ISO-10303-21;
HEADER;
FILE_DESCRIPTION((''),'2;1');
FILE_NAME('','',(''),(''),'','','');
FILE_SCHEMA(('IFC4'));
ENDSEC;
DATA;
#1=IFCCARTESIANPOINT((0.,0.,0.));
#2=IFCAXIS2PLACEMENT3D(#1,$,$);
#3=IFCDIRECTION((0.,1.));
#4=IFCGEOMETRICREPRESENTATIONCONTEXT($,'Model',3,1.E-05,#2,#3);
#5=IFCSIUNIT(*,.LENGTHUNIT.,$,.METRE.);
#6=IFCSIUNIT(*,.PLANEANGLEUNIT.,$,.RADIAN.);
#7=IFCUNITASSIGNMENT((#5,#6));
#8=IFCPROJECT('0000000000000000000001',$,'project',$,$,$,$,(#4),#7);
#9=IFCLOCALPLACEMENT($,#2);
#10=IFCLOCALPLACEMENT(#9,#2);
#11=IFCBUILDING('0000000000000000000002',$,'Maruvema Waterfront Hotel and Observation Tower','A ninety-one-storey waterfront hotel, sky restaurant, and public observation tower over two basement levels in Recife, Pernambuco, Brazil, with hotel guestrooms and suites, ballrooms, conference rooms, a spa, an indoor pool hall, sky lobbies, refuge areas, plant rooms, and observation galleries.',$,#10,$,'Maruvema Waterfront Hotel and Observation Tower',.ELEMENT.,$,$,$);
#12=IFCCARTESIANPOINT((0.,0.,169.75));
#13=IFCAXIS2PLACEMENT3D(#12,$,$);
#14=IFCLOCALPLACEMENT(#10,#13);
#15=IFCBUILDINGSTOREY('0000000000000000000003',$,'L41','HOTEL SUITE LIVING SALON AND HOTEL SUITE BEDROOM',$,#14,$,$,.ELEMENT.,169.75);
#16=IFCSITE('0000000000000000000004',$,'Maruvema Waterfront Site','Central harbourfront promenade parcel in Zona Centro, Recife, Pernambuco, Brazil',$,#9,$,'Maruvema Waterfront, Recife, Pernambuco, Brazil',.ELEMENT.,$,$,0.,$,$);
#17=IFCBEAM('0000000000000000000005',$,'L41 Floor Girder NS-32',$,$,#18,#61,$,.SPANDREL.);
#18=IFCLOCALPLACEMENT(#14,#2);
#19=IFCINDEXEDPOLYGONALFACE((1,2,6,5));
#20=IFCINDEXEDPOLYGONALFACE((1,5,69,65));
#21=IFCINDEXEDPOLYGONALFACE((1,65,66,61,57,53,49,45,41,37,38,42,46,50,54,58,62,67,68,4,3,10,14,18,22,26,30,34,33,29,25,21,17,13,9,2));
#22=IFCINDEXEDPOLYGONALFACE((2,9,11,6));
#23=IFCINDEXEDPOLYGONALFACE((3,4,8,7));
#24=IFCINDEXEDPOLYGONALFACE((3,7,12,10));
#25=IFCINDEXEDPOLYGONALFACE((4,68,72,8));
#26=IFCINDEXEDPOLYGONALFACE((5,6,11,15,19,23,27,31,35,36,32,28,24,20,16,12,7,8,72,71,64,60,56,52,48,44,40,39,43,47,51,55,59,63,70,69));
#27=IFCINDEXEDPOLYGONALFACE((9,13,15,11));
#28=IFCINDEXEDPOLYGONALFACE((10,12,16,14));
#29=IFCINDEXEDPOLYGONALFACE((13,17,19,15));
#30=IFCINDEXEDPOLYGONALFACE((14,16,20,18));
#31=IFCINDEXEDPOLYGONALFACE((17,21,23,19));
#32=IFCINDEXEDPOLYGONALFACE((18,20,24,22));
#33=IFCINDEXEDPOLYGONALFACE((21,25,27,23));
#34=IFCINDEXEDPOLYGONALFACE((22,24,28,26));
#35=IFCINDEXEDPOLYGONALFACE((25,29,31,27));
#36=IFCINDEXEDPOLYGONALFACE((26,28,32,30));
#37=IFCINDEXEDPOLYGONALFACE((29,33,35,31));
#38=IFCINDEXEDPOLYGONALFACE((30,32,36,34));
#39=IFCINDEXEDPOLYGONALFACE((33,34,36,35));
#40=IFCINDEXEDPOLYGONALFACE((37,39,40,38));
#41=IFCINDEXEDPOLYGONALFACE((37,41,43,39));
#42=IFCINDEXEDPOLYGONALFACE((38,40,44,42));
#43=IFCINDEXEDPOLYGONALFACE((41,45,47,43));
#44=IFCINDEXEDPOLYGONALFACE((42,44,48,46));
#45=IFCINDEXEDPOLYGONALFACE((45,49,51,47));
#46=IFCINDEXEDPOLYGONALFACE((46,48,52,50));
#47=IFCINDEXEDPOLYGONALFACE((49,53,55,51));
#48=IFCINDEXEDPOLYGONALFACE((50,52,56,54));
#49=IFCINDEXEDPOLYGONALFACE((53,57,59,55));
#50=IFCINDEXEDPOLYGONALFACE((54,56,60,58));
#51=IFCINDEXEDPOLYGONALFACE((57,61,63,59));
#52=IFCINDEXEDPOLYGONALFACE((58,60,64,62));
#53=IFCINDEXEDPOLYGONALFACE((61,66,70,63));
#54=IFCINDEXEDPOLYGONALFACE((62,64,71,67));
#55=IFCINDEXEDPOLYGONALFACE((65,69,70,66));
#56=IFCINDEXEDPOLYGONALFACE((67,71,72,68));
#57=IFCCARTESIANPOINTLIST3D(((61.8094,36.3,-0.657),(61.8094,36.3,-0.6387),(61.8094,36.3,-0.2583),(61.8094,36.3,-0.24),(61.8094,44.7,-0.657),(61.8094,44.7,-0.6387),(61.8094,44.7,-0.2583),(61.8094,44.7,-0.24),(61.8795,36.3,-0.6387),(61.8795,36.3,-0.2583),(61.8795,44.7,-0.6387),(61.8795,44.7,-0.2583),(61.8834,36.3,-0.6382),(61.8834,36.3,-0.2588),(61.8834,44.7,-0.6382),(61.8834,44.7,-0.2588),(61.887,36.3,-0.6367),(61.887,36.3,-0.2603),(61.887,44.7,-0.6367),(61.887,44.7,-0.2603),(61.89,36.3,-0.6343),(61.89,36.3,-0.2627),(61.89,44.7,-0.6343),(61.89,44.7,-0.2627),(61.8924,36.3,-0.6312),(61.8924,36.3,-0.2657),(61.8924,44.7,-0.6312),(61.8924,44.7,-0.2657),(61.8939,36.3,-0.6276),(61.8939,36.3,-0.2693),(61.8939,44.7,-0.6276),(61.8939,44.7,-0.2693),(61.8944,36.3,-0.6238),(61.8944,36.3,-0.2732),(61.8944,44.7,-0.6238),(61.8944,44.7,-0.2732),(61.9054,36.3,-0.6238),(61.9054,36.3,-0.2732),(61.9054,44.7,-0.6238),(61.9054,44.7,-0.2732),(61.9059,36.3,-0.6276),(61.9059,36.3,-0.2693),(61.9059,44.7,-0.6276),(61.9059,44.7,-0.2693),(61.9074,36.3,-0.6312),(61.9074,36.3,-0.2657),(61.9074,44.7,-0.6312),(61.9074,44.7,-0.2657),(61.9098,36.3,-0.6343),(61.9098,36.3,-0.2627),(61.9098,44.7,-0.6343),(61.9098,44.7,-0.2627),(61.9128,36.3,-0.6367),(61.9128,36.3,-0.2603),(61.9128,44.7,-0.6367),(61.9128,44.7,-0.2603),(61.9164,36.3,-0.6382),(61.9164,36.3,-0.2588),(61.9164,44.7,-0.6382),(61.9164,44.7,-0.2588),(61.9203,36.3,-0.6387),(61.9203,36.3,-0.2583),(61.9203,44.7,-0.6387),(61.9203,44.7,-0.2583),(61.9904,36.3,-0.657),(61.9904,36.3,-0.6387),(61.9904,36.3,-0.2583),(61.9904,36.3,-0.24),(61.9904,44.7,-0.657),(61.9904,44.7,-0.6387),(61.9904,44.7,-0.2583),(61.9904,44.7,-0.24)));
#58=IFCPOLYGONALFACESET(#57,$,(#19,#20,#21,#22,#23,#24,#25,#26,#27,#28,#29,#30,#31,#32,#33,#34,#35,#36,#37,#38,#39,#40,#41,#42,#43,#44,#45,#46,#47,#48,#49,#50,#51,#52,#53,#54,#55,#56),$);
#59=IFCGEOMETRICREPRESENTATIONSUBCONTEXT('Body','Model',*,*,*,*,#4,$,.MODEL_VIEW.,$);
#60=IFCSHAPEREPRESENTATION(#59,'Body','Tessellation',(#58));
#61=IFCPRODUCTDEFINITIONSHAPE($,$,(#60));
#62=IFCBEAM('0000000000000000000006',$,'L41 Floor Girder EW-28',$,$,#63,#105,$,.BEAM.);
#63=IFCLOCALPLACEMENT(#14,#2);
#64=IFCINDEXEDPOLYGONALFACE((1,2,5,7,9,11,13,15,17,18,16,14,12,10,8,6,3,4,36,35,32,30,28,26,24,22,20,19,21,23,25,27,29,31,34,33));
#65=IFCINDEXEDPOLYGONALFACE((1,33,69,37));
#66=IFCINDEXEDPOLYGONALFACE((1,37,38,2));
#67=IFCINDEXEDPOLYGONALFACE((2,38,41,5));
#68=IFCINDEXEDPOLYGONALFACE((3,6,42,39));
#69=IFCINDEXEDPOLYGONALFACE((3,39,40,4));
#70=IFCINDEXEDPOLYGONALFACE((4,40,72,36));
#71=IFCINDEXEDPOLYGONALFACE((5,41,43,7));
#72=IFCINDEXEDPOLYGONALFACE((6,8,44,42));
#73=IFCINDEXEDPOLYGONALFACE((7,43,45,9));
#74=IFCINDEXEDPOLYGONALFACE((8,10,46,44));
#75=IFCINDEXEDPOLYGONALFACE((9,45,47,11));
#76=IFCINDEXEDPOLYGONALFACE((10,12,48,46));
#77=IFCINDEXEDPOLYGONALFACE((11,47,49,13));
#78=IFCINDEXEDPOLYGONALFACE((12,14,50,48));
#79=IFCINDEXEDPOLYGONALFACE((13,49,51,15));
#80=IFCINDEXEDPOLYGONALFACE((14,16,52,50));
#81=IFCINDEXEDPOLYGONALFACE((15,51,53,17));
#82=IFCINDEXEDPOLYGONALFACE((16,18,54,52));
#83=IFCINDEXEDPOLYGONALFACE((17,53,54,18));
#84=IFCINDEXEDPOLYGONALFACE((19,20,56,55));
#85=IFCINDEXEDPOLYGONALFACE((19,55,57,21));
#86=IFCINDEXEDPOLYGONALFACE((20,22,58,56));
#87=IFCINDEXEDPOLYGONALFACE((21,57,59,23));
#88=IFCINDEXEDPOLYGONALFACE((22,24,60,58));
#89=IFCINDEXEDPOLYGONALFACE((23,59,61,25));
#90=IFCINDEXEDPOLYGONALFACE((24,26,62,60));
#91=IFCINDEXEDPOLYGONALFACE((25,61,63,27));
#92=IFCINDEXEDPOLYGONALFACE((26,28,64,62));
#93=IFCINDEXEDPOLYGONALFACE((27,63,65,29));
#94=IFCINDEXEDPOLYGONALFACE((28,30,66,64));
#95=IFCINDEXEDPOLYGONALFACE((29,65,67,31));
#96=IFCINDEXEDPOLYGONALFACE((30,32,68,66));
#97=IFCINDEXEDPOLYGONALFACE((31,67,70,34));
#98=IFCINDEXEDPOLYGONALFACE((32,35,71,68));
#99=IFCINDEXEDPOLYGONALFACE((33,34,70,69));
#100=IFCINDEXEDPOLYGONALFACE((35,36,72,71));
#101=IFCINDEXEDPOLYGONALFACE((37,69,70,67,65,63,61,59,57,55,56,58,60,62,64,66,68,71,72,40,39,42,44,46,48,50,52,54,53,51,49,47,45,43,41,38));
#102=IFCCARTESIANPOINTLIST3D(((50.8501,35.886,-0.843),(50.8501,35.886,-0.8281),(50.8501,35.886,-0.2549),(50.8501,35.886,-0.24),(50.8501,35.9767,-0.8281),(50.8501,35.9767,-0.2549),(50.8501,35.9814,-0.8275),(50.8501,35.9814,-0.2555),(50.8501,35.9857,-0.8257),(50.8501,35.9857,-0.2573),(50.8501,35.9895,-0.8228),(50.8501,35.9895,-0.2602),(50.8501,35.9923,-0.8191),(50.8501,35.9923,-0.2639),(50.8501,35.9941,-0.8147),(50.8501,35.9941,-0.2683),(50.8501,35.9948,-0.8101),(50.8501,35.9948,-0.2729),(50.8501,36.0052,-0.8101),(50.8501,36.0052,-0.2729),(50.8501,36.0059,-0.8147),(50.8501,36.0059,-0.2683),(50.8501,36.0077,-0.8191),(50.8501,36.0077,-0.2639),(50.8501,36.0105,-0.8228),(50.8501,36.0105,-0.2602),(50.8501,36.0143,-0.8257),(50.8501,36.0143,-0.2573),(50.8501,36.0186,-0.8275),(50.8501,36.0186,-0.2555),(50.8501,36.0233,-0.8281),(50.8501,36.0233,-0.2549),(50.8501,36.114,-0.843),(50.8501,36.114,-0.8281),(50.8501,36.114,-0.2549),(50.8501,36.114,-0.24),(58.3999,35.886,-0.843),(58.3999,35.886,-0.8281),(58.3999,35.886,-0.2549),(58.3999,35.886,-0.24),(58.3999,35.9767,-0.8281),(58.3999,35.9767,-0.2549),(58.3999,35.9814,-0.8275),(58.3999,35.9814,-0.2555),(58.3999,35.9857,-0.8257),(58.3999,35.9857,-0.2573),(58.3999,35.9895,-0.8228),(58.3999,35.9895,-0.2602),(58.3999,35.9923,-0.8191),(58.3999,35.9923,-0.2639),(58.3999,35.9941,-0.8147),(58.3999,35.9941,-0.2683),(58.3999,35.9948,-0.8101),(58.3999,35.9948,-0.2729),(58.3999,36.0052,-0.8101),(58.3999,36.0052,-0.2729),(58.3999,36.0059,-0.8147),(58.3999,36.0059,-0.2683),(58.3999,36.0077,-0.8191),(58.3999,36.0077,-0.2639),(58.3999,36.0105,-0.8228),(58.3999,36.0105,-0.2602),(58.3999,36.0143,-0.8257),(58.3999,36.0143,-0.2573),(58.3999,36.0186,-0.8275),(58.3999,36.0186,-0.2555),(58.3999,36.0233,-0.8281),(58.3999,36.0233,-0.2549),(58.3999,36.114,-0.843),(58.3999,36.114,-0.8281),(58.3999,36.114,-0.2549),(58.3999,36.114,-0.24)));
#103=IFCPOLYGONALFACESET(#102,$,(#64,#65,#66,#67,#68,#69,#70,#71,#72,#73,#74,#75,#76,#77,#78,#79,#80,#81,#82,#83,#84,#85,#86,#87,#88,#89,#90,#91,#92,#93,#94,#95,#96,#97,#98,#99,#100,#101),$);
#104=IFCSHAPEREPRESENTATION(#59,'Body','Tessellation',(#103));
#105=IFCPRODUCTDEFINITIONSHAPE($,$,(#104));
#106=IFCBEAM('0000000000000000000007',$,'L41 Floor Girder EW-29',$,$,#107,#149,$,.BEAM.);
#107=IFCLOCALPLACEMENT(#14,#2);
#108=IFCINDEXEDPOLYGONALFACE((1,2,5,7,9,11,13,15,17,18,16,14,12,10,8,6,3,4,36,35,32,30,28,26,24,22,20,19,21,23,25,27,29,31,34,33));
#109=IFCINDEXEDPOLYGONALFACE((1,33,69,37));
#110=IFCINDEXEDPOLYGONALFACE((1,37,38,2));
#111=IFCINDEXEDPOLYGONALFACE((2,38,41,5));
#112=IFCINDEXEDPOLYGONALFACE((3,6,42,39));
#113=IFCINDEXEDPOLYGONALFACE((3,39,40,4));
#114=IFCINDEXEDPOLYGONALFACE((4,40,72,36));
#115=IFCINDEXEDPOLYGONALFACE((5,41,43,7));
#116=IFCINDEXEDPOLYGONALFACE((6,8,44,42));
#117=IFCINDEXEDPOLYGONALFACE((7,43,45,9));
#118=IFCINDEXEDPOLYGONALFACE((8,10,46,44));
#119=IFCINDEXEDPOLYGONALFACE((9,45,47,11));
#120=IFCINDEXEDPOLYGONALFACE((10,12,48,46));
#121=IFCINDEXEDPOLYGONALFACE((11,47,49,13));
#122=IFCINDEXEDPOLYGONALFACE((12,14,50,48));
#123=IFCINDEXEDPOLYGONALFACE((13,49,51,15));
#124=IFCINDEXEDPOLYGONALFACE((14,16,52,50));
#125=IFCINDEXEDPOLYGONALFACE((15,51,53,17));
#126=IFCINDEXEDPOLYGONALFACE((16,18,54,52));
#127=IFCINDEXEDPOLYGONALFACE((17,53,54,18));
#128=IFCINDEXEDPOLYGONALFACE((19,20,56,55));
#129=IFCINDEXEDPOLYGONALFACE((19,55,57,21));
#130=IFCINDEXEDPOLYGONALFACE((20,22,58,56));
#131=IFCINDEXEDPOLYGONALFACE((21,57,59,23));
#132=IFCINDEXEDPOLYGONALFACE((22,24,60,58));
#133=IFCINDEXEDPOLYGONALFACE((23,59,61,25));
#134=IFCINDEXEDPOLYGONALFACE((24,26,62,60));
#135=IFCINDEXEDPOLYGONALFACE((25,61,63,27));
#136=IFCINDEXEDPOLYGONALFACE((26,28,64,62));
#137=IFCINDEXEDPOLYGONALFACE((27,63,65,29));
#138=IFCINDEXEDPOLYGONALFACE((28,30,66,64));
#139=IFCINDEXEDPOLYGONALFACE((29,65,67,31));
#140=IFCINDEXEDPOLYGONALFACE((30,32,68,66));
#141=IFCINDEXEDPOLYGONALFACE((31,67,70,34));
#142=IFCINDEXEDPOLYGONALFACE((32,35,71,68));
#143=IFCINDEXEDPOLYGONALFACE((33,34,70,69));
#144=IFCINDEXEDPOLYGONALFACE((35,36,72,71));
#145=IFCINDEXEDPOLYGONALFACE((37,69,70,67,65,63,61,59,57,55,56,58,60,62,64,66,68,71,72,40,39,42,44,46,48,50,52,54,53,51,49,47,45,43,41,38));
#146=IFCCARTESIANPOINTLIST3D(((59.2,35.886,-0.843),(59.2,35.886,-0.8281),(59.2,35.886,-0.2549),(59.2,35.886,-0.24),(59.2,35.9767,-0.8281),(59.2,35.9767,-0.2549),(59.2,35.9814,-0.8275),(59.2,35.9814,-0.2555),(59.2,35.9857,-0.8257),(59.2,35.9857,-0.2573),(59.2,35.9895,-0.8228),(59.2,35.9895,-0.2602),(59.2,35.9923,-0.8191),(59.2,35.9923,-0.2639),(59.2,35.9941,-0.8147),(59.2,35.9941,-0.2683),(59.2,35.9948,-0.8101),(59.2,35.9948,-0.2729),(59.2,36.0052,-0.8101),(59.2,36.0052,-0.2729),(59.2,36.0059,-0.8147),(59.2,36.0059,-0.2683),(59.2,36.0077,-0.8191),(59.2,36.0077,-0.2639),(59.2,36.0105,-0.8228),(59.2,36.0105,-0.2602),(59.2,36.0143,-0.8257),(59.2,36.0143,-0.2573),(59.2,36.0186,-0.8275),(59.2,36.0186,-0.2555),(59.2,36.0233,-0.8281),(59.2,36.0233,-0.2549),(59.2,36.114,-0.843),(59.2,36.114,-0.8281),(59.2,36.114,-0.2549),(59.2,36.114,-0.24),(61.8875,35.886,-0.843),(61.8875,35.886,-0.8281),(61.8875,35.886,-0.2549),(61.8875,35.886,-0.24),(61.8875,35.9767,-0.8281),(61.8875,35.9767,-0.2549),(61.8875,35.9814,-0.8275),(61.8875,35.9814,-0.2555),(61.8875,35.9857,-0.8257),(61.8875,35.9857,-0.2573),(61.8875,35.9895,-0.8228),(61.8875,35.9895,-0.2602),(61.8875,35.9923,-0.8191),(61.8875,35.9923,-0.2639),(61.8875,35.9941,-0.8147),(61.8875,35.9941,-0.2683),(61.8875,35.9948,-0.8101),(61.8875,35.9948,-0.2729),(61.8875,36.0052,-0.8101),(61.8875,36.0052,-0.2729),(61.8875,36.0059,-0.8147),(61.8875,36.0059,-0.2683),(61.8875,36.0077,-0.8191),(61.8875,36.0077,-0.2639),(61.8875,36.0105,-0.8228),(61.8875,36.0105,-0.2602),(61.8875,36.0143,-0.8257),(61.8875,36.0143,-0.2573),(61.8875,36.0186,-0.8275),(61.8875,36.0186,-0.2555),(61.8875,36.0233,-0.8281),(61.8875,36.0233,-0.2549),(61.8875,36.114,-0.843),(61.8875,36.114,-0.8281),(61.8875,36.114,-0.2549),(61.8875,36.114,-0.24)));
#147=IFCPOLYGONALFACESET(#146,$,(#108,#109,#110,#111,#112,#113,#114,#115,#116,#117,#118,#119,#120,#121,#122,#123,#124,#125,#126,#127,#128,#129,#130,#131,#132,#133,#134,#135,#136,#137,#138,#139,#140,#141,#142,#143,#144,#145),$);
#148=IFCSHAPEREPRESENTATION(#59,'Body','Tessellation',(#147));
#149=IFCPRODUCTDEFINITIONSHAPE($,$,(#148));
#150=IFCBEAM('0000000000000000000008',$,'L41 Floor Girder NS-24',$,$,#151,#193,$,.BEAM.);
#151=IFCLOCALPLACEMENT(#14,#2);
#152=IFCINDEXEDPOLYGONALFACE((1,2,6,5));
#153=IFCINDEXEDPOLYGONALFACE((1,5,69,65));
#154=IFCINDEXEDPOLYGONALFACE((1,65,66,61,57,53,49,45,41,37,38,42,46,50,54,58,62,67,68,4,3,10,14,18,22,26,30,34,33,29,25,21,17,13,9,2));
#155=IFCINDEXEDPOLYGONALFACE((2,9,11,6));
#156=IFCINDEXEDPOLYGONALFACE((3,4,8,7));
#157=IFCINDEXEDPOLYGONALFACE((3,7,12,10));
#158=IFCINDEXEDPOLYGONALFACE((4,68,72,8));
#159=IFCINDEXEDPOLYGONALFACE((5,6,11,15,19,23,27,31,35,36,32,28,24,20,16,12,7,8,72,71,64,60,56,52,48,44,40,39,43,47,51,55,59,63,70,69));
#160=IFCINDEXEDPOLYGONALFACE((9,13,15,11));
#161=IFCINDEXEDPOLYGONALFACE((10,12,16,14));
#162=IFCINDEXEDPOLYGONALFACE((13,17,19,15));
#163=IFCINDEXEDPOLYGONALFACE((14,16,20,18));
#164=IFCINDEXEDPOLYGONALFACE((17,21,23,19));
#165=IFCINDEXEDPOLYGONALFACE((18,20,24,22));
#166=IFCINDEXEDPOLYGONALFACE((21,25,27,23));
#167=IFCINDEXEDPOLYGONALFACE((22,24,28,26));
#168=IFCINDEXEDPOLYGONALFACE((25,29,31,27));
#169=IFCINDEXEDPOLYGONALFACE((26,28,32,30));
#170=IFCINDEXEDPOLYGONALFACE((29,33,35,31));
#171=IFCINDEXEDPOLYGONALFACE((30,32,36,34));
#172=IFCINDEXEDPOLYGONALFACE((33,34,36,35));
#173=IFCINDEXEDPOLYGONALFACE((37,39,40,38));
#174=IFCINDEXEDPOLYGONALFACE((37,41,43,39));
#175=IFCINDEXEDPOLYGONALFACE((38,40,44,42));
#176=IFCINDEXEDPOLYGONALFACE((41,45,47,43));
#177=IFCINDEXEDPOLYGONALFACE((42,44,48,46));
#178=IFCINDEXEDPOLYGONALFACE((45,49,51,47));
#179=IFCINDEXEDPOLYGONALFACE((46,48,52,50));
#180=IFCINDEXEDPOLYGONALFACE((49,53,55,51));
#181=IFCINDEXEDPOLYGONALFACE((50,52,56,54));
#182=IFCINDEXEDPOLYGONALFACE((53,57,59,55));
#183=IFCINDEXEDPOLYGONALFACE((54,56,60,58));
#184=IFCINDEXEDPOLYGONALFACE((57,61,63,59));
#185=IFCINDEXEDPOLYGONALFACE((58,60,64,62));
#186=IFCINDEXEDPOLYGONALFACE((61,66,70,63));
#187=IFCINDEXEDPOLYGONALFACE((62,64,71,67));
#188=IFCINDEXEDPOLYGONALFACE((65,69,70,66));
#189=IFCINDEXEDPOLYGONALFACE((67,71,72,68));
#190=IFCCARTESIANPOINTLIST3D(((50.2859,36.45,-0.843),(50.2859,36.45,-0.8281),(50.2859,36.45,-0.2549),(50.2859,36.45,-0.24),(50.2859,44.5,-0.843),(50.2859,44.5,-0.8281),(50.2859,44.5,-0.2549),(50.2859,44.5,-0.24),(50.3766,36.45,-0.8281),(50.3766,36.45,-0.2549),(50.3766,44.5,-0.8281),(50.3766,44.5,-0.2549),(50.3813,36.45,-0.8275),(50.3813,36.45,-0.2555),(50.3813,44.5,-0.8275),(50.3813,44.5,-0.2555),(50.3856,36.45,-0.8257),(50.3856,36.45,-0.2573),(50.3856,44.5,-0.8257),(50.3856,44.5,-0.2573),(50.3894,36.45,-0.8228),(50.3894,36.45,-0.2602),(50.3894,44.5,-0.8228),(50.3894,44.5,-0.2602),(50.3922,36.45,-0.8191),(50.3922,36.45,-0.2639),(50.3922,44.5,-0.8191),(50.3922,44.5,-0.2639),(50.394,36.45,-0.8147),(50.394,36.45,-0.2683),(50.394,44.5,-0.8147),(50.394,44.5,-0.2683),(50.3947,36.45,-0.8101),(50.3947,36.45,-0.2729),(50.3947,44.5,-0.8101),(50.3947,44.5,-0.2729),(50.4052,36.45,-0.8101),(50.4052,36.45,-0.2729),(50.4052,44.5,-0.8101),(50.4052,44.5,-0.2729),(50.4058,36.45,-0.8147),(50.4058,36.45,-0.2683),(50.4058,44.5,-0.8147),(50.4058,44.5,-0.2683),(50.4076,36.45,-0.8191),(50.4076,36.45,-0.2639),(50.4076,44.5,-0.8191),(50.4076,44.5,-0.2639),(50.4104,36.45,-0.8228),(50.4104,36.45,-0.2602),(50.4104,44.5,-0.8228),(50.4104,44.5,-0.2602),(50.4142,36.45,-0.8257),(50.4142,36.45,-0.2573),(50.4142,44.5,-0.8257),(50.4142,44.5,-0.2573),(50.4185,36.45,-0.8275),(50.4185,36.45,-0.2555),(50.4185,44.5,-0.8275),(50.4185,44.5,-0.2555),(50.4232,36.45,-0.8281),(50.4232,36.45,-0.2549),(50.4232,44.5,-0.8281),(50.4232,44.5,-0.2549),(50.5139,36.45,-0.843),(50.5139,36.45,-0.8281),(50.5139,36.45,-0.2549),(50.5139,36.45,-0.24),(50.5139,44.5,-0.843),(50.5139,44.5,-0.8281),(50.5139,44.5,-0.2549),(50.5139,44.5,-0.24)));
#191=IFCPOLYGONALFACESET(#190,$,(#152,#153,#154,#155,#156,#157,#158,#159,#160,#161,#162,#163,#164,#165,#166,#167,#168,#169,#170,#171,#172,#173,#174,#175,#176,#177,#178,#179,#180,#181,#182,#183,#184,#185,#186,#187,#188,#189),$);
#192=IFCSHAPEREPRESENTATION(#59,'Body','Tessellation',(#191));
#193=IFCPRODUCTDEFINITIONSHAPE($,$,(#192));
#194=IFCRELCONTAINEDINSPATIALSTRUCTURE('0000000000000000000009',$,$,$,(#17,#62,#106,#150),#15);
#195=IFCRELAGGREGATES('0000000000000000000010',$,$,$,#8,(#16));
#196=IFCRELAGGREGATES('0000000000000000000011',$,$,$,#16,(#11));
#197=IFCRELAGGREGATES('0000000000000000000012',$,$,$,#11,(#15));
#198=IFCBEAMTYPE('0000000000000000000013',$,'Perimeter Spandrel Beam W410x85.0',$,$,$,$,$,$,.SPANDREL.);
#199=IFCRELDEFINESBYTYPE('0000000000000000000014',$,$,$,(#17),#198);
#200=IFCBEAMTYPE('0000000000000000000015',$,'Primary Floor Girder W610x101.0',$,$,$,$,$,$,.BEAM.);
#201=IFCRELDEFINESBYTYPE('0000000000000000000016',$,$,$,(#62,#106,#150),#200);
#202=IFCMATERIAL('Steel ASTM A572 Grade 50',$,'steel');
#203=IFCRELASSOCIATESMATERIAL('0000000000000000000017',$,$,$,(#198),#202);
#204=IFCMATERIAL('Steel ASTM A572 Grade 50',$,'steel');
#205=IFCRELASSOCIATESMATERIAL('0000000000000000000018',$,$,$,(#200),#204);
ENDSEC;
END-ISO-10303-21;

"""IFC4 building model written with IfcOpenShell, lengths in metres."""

from ifc_helpers import new_model, si_unit, direction, frame, origin, origin_2d, place, context, subcontext, project, spatial, i_section, extrude, material, material_profile, profile_set, type_object, element, save


model = new_model("IFC4")

# Units and contexts
model_context = context("Model", 3, precision=1e-05, world=origin(), true_north=direction((0.0, 1.0)))
body_context = subcontext(model_context, "Body", "Model", "MODEL_VIEW")
ifc_project = project(units=[si_unit("LENGTHUNIT", "METRE"), si_unit("PLANEANGLEUNIT", "RADIAN")], contexts=[model_context])

# Site, building, storey
site_placement = place(None, origin())
site = spatial("IfcSite", under=ifc_project, at=site_placement, Name="Maruvema Waterfront Site", Description="Central harbourfront promenade parcel in Zona Centro, Recife, Pernambuco, Brazil", LongName="Maruvema Waterfront, Recife, Pernambuco, Brazil", CompositionType="ELEMENT", RefElevation=0.0)
building_placement = place(site_placement, origin())
building = spatial("IfcBuilding", under=site, at=building_placement, Name="Maruvema Waterfront Hotel and Observation Tower", Description="A ninety-one-storey waterfront hotel, sky restaurant, and public observation tower over two basement levels in Recife, Pernambuco, Brazil, with hotel guestrooms and suites, ballrooms, conference rooms, a spa, an indoor pool hall, sky lobbies, refuge areas, plant rooms, and observation galleries.", LongName="Maruvema Waterfront Hotel and Observation Tower", CompositionType="ELEMENT")
storey_placement = place(building_placement, frame((0.0, 0.0, 169.75)))
storey = spatial("IfcBuildingStorey", under=building, at=storey_placement, Name="L41", Description="HOTEL SUITE LIVING SALON AND HOTEL SUITE BEDROOM", CompositionType="ELEMENT", Elevation=169.75)

# Beams
ifc_material_1 = material(Name="Steel ASTM A572 Grade 50", Category="steel")
ifc_material_profile_1 = material_profile(ifc_material_1, i_section(OverallWidth=0.1809, OverallDepth=0.417, WebThickness=0.011, FlangeThickness=0.0183, FilletRadius=0.0149, at=origin_2d()), Name="W410x85.0")
ifc_profile_set_1 = profile_set([ifc_material_profile_1], Name="Steel ASTM A572 Grade 50")
beam_type_1 = type_object("IfcBeamType", Name="Perimeter Spandrel Beam W410x85.0", PredefinedType="SPANDREL", material=ifc_profile_set_1)
beam_1_placement = place(storey_placement, frame((61.8999, 36.3, -0.4485), z_axis=(0.0, 1.0, 0.0), x_axis=(-1.0, 0.0, 0.0)))
element("IfcBeam", 1, at=beam_1_placement, inside=storey, type_object=beam_type_1, Name="L41 Floor Girder NS-32", PredefinedType="SPANDREL", context=body_context, shape_type="SweptSolid", body=[
    extrude(i_section(OverallWidth=0.1809, OverallDepth=0.417, WebThickness=0.011, FlangeThickness=0.0183, FilletRadius=0.0149, at=origin_2d()), origin(), (0.0, 0.0, 1.0), 8.3999),
])
ifc_material_2 = material(Name="Steel ASTM A572 Grade 50", Category="steel")
ifc_material_profile_2 = material_profile(ifc_material_2, i_section(OverallWidth=0.228, OverallDepth=0.603, WebThickness=0.0105, FlangeThickness=0.0149, FilletRadius=0.0181, at=origin_2d()), Name="W610x101.0")
ifc_profile_set_2 = profile_set([ifc_material_profile_2], Name="Steel ASTM A572 Grade 50")
beam_type_2 = type_object("IfcBeamType", Name="Primary Floor Girder W610x101.0", PredefinedType="BEAM", material=ifc_profile_set_2)
beam_2_placement = place(storey_placement, frame((50.8501, 36.0, -0.5415), z_axis=(1.0, 0.0, 0.0), x_axis=(0.0, 1.0, 0.0)))
element("IfcBeam", 2, at=beam_2_placement, inside=storey, type_object=beam_type_2, Name="L41 Floor Girder EW-28", PredefinedType="BEAM", context=body_context, shape_type="SweptSolid", body=[
    extrude(i_section(OverallWidth=0.228, OverallDepth=0.603, WebThickness=0.0105, FlangeThickness=0.0149, FilletRadius=0.0181, at=origin_2d()), origin(), (0.0, 0.0, 1.0), 7.5498),
])
beam_3_placement = place(storey_placement, frame((59.2, 36.0, -0.5415), z_axis=(1.0, 0.0, 0.0), x_axis=(0.0, 1.0, 0.0)))
element("IfcBeam", 3, at=beam_3_placement, inside=storey, type_object=beam_type_2, Name="L41 Floor Girder EW-29", PredefinedType="BEAM", context=body_context, shape_type="SweptSolid", body=[
    extrude(i_section(OverallWidth=0.228, OverallDepth=0.603, WebThickness=0.0105, FlangeThickness=0.0149, FilletRadius=0.0181, at=origin_2d()), origin(), (0.0, 0.0, 1.0), 2.6875),
])
beam_4_placement = place(storey_placement, frame((50.3999, 36.45, -0.5415), z_axis=(0.0, 1.0, 0.0), x_axis=(-1.0, 0.0, 0.0)))
element("IfcBeam", 4, at=beam_4_placement, inside=storey, type_object=beam_type_2, Name="L41 Floor Girder NS-24", PredefinedType="BEAM", context=body_context, shape_type="SweptSolid", body=[
    extrude(i_section(OverallWidth=0.228, OverallDepth=0.603, WebThickness=0.0105, FlangeThickness=0.0149, FilletRadius=0.0181, at=origin_2d()), origin(), (0.0, 0.0, 1.0), 8.05),
])

save(model, "model.ifc")
